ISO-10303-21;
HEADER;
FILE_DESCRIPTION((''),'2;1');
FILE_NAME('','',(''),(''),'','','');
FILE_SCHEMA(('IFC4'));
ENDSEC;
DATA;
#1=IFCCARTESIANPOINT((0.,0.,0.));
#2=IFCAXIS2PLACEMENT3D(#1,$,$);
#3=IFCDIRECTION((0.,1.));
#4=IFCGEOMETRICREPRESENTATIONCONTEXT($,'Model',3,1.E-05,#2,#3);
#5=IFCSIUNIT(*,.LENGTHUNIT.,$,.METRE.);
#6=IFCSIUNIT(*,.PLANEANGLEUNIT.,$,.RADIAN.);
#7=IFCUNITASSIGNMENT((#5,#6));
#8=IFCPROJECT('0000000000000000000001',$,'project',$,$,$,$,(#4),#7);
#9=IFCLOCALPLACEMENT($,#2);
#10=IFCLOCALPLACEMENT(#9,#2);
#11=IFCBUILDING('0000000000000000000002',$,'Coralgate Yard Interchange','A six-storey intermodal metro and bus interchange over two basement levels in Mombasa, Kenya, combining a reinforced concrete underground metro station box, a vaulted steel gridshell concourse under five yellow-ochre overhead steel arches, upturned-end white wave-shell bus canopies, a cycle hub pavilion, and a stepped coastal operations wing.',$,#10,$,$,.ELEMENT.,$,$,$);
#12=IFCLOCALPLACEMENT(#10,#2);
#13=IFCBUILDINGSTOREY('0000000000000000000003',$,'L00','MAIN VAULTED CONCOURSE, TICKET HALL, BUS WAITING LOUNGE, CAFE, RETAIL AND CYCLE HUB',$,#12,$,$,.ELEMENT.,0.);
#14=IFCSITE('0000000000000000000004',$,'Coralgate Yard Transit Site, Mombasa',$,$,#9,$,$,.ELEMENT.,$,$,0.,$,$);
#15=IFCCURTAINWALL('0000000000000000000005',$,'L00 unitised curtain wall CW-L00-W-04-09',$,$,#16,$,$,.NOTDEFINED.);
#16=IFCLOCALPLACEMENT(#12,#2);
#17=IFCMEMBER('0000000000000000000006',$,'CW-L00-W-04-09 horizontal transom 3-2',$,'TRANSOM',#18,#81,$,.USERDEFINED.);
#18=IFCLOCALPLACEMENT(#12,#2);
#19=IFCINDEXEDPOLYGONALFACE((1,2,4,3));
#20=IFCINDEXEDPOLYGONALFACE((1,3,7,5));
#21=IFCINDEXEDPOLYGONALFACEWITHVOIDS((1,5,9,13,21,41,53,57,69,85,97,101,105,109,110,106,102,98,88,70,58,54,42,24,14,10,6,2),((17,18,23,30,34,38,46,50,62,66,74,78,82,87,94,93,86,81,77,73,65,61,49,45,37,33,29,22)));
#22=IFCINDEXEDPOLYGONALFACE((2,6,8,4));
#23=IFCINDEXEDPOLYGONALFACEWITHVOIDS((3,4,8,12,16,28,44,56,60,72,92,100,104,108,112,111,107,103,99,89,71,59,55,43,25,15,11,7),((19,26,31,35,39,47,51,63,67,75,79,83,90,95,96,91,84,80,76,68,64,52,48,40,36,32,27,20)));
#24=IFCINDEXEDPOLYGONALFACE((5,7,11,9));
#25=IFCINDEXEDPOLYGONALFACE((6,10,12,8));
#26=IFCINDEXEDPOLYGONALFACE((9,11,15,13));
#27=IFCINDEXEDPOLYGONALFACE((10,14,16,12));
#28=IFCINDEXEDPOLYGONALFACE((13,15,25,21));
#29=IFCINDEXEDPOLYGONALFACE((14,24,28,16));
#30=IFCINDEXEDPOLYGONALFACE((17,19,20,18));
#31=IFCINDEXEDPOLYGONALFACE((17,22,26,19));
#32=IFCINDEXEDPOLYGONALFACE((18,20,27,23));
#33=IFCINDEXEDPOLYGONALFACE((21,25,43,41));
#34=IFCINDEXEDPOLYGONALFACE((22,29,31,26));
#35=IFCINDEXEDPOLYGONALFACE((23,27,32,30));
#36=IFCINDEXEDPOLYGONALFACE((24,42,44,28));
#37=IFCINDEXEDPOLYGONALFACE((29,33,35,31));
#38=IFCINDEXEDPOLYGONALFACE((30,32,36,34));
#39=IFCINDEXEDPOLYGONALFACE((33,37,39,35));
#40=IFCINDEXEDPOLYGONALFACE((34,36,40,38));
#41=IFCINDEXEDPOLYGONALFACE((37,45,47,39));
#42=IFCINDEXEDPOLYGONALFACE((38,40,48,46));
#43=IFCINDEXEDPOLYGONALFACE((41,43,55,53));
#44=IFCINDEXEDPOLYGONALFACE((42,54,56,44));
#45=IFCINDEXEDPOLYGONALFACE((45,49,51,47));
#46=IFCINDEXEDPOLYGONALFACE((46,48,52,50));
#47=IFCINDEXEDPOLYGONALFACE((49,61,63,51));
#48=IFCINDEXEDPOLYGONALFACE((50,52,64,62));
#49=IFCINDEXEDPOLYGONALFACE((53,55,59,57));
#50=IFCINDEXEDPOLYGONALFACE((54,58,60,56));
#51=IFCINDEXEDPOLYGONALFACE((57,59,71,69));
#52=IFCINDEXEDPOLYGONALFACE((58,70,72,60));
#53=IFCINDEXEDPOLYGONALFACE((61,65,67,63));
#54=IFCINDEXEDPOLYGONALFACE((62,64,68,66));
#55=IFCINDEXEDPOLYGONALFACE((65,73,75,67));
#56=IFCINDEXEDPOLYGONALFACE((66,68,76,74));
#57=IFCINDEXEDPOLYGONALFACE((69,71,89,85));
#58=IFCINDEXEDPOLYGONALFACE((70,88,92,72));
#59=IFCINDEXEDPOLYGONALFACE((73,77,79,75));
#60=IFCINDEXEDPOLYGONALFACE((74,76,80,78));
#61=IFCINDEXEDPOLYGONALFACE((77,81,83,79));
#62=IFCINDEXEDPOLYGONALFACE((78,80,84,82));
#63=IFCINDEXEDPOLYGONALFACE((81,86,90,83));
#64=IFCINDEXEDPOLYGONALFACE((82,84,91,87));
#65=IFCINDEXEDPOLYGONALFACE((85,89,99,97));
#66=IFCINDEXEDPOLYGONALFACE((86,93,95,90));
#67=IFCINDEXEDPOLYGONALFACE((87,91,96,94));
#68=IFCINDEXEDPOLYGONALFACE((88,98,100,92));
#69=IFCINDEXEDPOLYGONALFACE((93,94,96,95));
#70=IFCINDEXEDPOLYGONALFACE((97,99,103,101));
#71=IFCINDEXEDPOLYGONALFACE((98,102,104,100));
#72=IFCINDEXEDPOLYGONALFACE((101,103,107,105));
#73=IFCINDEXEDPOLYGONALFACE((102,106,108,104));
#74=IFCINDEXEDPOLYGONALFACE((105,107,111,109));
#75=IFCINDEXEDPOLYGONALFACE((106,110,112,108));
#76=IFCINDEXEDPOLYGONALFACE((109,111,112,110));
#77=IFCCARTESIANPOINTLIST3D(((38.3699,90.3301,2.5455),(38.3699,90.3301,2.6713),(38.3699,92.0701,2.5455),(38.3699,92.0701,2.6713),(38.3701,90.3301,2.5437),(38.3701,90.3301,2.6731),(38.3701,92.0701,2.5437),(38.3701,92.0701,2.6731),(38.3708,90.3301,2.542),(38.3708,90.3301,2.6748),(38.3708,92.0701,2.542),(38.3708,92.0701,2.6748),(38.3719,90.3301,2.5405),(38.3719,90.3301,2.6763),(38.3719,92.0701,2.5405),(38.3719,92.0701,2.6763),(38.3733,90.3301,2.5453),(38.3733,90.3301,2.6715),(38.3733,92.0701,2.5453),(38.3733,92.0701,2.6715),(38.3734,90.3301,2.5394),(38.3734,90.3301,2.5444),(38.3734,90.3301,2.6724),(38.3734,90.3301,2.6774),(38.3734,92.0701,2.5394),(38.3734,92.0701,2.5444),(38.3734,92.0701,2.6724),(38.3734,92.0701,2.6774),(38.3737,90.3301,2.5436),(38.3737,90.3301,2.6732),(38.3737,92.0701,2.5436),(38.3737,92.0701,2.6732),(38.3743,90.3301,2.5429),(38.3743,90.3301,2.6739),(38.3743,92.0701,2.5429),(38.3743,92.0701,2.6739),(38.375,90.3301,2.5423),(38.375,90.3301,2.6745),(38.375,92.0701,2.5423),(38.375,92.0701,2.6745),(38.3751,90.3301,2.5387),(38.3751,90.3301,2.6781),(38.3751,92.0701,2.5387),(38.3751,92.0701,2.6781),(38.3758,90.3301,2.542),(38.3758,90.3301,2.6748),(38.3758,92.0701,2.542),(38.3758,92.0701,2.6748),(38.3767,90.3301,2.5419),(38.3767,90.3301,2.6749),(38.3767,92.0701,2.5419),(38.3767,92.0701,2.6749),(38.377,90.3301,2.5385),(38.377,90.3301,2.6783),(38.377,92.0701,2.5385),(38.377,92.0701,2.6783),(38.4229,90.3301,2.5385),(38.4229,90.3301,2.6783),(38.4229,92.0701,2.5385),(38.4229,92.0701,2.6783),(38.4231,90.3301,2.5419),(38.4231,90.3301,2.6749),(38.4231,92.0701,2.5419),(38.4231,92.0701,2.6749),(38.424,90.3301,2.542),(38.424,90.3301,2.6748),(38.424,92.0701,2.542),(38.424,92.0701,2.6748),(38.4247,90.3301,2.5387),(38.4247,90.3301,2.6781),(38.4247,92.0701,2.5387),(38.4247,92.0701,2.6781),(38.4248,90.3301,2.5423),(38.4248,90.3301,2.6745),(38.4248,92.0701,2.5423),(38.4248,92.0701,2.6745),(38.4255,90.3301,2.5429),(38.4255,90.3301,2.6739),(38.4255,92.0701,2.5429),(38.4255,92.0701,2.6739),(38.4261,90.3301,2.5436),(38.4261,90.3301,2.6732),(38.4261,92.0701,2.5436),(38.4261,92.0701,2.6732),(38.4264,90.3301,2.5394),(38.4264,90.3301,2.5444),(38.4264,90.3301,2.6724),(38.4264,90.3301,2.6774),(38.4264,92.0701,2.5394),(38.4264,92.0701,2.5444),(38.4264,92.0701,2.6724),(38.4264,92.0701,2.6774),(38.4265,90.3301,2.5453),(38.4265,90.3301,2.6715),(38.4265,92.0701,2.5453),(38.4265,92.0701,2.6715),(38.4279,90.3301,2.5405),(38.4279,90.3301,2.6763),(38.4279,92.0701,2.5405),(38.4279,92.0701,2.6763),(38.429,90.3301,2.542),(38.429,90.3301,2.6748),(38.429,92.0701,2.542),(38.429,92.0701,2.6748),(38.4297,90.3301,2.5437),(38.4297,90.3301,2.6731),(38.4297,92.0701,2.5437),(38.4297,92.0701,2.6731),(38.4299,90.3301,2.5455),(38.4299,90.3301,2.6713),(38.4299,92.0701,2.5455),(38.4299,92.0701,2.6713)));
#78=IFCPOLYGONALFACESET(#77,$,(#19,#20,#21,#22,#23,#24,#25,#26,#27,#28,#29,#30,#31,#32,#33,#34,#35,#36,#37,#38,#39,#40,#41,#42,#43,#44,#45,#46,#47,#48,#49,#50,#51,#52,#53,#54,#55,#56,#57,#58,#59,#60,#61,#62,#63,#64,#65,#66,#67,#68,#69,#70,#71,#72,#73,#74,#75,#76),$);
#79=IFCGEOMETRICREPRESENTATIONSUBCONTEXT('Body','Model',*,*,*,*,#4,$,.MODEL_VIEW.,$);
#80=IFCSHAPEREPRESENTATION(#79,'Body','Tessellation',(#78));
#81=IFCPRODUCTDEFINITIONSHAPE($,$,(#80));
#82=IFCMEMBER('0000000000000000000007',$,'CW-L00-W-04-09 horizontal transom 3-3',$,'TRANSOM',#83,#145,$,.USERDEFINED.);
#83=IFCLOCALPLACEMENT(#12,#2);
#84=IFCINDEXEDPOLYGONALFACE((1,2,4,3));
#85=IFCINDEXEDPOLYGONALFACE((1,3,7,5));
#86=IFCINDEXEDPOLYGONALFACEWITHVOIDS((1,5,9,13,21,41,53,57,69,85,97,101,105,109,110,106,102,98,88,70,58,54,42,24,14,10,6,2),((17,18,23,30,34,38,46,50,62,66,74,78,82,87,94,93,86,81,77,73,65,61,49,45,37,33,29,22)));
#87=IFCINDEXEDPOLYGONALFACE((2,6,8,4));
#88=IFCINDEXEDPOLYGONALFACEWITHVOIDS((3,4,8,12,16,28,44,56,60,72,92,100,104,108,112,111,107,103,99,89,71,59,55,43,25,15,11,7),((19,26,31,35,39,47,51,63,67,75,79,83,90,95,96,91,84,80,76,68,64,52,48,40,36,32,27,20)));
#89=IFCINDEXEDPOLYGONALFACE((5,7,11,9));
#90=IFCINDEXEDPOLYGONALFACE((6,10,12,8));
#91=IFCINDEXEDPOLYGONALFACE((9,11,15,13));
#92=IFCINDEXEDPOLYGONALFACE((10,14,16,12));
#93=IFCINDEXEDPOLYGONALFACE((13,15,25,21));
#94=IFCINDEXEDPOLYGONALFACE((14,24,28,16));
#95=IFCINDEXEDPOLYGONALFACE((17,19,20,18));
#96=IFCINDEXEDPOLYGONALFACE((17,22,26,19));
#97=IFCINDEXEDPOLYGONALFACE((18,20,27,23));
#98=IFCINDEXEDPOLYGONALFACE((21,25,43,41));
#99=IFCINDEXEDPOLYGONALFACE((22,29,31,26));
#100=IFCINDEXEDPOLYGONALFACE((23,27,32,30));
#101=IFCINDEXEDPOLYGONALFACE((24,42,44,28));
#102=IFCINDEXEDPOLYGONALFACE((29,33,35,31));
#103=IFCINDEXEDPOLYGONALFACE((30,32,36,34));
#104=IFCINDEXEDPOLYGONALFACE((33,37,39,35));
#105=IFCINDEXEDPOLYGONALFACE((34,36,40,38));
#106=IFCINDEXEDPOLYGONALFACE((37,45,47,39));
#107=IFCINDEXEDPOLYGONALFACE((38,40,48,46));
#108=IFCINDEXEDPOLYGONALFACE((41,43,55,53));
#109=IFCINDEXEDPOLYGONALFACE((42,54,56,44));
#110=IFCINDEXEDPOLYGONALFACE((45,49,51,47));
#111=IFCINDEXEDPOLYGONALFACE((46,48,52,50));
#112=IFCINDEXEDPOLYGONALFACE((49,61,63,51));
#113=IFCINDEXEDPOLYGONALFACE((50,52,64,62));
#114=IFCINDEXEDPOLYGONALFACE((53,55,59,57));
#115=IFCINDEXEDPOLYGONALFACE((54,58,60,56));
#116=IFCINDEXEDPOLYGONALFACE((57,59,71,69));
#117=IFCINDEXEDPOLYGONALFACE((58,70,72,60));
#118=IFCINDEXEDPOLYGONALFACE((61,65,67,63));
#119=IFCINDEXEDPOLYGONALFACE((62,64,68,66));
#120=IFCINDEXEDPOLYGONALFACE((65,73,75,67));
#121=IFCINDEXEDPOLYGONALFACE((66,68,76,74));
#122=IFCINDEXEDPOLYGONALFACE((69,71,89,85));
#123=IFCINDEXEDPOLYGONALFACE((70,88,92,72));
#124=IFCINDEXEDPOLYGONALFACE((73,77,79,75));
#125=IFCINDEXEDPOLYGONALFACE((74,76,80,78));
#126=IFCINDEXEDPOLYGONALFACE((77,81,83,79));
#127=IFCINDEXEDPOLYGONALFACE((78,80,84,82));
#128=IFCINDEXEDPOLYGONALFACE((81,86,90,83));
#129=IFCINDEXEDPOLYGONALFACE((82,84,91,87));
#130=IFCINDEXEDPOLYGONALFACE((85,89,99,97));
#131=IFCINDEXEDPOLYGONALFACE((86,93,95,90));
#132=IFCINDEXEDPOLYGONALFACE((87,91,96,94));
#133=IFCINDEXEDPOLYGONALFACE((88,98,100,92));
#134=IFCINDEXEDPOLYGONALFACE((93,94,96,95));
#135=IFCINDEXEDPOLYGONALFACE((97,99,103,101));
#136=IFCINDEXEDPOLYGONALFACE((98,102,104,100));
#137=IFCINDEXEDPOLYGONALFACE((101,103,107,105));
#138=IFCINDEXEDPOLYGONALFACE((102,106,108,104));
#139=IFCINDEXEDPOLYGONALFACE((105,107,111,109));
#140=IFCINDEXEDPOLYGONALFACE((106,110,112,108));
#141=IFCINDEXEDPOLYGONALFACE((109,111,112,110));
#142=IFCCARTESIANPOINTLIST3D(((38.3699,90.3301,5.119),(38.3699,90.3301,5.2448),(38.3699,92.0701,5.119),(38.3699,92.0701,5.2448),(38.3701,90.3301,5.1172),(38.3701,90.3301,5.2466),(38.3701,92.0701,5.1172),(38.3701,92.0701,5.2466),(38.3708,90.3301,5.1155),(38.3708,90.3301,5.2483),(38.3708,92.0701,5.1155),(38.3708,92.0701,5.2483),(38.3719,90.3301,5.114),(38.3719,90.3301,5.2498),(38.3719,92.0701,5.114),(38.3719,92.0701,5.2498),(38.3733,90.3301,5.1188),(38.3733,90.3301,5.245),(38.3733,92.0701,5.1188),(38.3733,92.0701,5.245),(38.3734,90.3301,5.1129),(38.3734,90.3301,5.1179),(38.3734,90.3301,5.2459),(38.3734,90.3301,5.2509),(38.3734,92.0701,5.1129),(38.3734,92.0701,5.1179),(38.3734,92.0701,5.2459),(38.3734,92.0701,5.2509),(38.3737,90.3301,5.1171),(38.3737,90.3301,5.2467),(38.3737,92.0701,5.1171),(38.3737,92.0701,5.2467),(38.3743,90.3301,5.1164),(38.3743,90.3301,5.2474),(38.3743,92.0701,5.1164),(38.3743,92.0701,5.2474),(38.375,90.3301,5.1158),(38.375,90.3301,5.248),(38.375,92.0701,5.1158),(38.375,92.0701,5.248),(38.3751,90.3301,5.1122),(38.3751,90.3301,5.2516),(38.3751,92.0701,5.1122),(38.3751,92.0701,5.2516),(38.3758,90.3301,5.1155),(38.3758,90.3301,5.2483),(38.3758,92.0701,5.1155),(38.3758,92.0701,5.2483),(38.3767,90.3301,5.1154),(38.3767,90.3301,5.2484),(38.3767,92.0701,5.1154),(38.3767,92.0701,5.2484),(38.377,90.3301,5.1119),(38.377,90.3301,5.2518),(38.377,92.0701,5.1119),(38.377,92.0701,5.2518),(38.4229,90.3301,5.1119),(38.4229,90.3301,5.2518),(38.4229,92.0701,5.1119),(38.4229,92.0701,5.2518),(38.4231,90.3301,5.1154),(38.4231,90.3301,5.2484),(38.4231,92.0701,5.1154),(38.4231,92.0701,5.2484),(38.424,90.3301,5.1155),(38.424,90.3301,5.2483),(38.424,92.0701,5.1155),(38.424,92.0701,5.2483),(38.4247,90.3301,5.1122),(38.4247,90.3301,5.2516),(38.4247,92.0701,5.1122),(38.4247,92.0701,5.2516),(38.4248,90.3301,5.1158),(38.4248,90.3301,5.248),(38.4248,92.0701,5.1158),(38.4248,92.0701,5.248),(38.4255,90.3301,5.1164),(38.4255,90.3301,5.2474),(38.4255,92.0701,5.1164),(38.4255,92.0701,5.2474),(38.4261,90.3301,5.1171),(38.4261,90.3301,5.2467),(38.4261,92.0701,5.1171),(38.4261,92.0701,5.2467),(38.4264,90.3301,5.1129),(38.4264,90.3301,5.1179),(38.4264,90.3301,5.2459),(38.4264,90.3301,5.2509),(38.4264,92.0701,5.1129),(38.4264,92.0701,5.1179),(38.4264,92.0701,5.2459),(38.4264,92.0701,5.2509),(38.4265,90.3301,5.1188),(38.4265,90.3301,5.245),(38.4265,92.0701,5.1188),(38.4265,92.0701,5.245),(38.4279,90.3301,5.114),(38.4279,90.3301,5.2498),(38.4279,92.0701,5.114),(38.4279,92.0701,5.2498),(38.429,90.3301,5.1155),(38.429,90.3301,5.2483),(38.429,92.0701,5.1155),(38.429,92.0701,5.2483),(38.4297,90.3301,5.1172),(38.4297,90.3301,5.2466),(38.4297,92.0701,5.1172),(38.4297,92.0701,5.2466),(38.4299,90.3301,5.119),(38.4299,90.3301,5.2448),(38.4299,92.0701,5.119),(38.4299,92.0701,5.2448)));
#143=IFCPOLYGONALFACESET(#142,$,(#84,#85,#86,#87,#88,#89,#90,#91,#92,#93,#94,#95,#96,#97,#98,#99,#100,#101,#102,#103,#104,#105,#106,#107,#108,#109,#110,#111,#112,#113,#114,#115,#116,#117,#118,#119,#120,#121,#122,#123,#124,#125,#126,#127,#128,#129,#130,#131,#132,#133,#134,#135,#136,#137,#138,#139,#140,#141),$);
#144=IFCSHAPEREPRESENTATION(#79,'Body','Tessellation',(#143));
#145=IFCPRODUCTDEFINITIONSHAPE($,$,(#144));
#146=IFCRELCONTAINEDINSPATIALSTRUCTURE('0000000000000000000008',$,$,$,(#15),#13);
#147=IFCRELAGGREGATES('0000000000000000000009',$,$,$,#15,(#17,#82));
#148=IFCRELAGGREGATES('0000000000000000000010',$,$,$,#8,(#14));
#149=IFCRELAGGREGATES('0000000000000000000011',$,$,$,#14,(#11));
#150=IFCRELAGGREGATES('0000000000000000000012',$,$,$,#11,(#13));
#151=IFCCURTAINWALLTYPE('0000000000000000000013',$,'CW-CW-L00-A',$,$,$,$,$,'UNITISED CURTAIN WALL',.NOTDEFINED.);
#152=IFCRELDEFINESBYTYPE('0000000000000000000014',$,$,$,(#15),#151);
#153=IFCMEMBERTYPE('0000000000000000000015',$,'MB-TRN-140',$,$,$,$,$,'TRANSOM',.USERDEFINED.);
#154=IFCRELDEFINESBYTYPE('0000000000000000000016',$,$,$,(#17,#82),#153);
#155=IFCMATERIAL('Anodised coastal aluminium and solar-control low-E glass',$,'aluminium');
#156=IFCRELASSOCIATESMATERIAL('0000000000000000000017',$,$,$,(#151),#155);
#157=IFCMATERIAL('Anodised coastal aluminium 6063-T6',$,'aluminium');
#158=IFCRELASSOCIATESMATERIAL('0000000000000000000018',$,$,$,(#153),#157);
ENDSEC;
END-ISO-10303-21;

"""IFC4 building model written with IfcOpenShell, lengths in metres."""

from ifc_helpers import new_model, si_unit, direction, frame, origin, origin_2d, place, context, subcontext, project, spatial, hollow_rectangle, extrude, material, material_profile, profile_set, type_object, element, aggregate, save


model = new_model("IFC4")

# Units and contexts
model_context = context("Model", 3, precision=1e-05, world=origin(), true_north=direction((0.0, 1.0)))
body_context = subcontext(model_context, "Body", "Model", "MODEL_VIEW")
ifc_project = project(units=[si_unit("LENGTHUNIT", "METRE"), si_unit("PLANEANGLEUNIT", "RADIAN")], contexts=[model_context])

# Site, building, storey
site_placement = place(None, origin())
site = spatial("IfcSite", under=ifc_project, at=site_placement, Name="Coralgate Yard Transit Site, Mombasa", CompositionType="ELEMENT", RefElevation=0.0)
building_placement = place(site_placement, origin())
building = spatial("IfcBuilding", under=site, at=building_placement, Name="Coralgate Yard Interchange", Description="A six-storey intermodal metro and bus interchange over two basement levels in Mombasa, Kenya, combining a reinforced concrete underground metro station box, a vaulted steel gridshell concourse under five yellow-ochre overhead steel arches, upturned-end white wave-shell bus canopies, a cycle hub pavilion, and a stepped coastal operations wing.", CompositionType="ELEMENT")
storey_placement = place(building_placement, origin())
storey = spatial("IfcBuildingStorey", under=building, at=storey_placement, Name="L00", Description="MAIN VAULTED CONCOURSE, TICKET HALL, BUS WAITING LOUNGE, CAFE, RETAIL AND CYCLE HUB", CompositionType="ELEMENT", Elevation=0.0)

# Curtain wall, members
ifc_material_1 = material(Name="Anodised coastal aluminium and solar-control low-E glass", Category="aluminium")
curtain_wall_type = type_object("IfcCurtainWallType", Name="CW-CW-L00-A", ElementType="UNITISED CURTAIN WALL", PredefinedType="NOTDEFINED", material=ifc_material_1)
curtain_wall_placement = place(storey_placement, origin())
curtain_wall = element("IfcCurtainWall", 1, at=curtain_wall_placement, inside=storey, type_object=curtain_wall_type, Name="L00 unitised curtain wall CW-L00-W-04-09", PredefinedType="NOTDEFINED")
ifc_material_2 = material(Name="Anodised coastal aluminium 6063-T6", Category="aluminium")
ifc_material_profile_1 = material_profile(ifc_material_2, hollow_rectangle(XDim=0.0601, YDim=0.1399, WallThickness=0.0034, InnerFilletRadius=0.0034, OuterFilletRadius=0.0071, at=origin_2d()), Name="ALU 60x140x3.5")
ifc_profile_set_1 = profile_set([ifc_material_profile_1], Name="Anodised coastal aluminium 6063-T6")
member_type_1 = type_object("IfcMemberType", Name="MB-TRN-140", ElementType="TRANSOM", PredefinedType="USERDEFINED", material=ifc_profile_set_1)
member_1_placement = place(storey_placement, frame((38.3999, 90.3301, 2.6084), z_axis=(0.0, 1.0, 0.0), x_axis=(-1.0, 0.0, 0.0)))
member_1 = element("IfcMember", 2, at=member_1_placement, type_object=member_type_1, Name="CW-L00-W-04-09 horizontal transom 3-2", ObjectType="TRANSOM", PredefinedType="USERDEFINED", context=body_context, shape_type="SweptSolid", body=[
    extrude(hollow_rectangle(XDim=0.0601, YDim=0.1399, WallThickness=0.0034, InnerFilletRadius=0.0034, OuterFilletRadius=0.0071, at=origin_2d()), origin(), (0.0, 0.0, 1.0), 1.74),
])
member_2_placement = place(storey_placement, frame((38.3999, 90.3301, 5.1819), z_axis=(0.0, 1.0, 0.0), x_axis=(-1.0, 0.0, 0.0)))
member_2 = element("IfcMember", 3, at=member_2_placement, type_object=member_type_1, Name="CW-L00-W-04-09 horizontal transom 3-3", ObjectType="TRANSOM", PredefinedType="USERDEFINED", context=body_context, shape_type="SweptSolid", body=[
    extrude(hollow_rectangle(XDim=0.0601, YDim=0.1399, WallThickness=0.0034, InnerFilletRadius=0.0034, OuterFilletRadius=0.0071, at=origin_2d()), origin(), (0.0, 0.0, 1.0), 1.74),
])
aggregate(curtain_wall, [member_1, member_2])

save(model, "model.ifc")
